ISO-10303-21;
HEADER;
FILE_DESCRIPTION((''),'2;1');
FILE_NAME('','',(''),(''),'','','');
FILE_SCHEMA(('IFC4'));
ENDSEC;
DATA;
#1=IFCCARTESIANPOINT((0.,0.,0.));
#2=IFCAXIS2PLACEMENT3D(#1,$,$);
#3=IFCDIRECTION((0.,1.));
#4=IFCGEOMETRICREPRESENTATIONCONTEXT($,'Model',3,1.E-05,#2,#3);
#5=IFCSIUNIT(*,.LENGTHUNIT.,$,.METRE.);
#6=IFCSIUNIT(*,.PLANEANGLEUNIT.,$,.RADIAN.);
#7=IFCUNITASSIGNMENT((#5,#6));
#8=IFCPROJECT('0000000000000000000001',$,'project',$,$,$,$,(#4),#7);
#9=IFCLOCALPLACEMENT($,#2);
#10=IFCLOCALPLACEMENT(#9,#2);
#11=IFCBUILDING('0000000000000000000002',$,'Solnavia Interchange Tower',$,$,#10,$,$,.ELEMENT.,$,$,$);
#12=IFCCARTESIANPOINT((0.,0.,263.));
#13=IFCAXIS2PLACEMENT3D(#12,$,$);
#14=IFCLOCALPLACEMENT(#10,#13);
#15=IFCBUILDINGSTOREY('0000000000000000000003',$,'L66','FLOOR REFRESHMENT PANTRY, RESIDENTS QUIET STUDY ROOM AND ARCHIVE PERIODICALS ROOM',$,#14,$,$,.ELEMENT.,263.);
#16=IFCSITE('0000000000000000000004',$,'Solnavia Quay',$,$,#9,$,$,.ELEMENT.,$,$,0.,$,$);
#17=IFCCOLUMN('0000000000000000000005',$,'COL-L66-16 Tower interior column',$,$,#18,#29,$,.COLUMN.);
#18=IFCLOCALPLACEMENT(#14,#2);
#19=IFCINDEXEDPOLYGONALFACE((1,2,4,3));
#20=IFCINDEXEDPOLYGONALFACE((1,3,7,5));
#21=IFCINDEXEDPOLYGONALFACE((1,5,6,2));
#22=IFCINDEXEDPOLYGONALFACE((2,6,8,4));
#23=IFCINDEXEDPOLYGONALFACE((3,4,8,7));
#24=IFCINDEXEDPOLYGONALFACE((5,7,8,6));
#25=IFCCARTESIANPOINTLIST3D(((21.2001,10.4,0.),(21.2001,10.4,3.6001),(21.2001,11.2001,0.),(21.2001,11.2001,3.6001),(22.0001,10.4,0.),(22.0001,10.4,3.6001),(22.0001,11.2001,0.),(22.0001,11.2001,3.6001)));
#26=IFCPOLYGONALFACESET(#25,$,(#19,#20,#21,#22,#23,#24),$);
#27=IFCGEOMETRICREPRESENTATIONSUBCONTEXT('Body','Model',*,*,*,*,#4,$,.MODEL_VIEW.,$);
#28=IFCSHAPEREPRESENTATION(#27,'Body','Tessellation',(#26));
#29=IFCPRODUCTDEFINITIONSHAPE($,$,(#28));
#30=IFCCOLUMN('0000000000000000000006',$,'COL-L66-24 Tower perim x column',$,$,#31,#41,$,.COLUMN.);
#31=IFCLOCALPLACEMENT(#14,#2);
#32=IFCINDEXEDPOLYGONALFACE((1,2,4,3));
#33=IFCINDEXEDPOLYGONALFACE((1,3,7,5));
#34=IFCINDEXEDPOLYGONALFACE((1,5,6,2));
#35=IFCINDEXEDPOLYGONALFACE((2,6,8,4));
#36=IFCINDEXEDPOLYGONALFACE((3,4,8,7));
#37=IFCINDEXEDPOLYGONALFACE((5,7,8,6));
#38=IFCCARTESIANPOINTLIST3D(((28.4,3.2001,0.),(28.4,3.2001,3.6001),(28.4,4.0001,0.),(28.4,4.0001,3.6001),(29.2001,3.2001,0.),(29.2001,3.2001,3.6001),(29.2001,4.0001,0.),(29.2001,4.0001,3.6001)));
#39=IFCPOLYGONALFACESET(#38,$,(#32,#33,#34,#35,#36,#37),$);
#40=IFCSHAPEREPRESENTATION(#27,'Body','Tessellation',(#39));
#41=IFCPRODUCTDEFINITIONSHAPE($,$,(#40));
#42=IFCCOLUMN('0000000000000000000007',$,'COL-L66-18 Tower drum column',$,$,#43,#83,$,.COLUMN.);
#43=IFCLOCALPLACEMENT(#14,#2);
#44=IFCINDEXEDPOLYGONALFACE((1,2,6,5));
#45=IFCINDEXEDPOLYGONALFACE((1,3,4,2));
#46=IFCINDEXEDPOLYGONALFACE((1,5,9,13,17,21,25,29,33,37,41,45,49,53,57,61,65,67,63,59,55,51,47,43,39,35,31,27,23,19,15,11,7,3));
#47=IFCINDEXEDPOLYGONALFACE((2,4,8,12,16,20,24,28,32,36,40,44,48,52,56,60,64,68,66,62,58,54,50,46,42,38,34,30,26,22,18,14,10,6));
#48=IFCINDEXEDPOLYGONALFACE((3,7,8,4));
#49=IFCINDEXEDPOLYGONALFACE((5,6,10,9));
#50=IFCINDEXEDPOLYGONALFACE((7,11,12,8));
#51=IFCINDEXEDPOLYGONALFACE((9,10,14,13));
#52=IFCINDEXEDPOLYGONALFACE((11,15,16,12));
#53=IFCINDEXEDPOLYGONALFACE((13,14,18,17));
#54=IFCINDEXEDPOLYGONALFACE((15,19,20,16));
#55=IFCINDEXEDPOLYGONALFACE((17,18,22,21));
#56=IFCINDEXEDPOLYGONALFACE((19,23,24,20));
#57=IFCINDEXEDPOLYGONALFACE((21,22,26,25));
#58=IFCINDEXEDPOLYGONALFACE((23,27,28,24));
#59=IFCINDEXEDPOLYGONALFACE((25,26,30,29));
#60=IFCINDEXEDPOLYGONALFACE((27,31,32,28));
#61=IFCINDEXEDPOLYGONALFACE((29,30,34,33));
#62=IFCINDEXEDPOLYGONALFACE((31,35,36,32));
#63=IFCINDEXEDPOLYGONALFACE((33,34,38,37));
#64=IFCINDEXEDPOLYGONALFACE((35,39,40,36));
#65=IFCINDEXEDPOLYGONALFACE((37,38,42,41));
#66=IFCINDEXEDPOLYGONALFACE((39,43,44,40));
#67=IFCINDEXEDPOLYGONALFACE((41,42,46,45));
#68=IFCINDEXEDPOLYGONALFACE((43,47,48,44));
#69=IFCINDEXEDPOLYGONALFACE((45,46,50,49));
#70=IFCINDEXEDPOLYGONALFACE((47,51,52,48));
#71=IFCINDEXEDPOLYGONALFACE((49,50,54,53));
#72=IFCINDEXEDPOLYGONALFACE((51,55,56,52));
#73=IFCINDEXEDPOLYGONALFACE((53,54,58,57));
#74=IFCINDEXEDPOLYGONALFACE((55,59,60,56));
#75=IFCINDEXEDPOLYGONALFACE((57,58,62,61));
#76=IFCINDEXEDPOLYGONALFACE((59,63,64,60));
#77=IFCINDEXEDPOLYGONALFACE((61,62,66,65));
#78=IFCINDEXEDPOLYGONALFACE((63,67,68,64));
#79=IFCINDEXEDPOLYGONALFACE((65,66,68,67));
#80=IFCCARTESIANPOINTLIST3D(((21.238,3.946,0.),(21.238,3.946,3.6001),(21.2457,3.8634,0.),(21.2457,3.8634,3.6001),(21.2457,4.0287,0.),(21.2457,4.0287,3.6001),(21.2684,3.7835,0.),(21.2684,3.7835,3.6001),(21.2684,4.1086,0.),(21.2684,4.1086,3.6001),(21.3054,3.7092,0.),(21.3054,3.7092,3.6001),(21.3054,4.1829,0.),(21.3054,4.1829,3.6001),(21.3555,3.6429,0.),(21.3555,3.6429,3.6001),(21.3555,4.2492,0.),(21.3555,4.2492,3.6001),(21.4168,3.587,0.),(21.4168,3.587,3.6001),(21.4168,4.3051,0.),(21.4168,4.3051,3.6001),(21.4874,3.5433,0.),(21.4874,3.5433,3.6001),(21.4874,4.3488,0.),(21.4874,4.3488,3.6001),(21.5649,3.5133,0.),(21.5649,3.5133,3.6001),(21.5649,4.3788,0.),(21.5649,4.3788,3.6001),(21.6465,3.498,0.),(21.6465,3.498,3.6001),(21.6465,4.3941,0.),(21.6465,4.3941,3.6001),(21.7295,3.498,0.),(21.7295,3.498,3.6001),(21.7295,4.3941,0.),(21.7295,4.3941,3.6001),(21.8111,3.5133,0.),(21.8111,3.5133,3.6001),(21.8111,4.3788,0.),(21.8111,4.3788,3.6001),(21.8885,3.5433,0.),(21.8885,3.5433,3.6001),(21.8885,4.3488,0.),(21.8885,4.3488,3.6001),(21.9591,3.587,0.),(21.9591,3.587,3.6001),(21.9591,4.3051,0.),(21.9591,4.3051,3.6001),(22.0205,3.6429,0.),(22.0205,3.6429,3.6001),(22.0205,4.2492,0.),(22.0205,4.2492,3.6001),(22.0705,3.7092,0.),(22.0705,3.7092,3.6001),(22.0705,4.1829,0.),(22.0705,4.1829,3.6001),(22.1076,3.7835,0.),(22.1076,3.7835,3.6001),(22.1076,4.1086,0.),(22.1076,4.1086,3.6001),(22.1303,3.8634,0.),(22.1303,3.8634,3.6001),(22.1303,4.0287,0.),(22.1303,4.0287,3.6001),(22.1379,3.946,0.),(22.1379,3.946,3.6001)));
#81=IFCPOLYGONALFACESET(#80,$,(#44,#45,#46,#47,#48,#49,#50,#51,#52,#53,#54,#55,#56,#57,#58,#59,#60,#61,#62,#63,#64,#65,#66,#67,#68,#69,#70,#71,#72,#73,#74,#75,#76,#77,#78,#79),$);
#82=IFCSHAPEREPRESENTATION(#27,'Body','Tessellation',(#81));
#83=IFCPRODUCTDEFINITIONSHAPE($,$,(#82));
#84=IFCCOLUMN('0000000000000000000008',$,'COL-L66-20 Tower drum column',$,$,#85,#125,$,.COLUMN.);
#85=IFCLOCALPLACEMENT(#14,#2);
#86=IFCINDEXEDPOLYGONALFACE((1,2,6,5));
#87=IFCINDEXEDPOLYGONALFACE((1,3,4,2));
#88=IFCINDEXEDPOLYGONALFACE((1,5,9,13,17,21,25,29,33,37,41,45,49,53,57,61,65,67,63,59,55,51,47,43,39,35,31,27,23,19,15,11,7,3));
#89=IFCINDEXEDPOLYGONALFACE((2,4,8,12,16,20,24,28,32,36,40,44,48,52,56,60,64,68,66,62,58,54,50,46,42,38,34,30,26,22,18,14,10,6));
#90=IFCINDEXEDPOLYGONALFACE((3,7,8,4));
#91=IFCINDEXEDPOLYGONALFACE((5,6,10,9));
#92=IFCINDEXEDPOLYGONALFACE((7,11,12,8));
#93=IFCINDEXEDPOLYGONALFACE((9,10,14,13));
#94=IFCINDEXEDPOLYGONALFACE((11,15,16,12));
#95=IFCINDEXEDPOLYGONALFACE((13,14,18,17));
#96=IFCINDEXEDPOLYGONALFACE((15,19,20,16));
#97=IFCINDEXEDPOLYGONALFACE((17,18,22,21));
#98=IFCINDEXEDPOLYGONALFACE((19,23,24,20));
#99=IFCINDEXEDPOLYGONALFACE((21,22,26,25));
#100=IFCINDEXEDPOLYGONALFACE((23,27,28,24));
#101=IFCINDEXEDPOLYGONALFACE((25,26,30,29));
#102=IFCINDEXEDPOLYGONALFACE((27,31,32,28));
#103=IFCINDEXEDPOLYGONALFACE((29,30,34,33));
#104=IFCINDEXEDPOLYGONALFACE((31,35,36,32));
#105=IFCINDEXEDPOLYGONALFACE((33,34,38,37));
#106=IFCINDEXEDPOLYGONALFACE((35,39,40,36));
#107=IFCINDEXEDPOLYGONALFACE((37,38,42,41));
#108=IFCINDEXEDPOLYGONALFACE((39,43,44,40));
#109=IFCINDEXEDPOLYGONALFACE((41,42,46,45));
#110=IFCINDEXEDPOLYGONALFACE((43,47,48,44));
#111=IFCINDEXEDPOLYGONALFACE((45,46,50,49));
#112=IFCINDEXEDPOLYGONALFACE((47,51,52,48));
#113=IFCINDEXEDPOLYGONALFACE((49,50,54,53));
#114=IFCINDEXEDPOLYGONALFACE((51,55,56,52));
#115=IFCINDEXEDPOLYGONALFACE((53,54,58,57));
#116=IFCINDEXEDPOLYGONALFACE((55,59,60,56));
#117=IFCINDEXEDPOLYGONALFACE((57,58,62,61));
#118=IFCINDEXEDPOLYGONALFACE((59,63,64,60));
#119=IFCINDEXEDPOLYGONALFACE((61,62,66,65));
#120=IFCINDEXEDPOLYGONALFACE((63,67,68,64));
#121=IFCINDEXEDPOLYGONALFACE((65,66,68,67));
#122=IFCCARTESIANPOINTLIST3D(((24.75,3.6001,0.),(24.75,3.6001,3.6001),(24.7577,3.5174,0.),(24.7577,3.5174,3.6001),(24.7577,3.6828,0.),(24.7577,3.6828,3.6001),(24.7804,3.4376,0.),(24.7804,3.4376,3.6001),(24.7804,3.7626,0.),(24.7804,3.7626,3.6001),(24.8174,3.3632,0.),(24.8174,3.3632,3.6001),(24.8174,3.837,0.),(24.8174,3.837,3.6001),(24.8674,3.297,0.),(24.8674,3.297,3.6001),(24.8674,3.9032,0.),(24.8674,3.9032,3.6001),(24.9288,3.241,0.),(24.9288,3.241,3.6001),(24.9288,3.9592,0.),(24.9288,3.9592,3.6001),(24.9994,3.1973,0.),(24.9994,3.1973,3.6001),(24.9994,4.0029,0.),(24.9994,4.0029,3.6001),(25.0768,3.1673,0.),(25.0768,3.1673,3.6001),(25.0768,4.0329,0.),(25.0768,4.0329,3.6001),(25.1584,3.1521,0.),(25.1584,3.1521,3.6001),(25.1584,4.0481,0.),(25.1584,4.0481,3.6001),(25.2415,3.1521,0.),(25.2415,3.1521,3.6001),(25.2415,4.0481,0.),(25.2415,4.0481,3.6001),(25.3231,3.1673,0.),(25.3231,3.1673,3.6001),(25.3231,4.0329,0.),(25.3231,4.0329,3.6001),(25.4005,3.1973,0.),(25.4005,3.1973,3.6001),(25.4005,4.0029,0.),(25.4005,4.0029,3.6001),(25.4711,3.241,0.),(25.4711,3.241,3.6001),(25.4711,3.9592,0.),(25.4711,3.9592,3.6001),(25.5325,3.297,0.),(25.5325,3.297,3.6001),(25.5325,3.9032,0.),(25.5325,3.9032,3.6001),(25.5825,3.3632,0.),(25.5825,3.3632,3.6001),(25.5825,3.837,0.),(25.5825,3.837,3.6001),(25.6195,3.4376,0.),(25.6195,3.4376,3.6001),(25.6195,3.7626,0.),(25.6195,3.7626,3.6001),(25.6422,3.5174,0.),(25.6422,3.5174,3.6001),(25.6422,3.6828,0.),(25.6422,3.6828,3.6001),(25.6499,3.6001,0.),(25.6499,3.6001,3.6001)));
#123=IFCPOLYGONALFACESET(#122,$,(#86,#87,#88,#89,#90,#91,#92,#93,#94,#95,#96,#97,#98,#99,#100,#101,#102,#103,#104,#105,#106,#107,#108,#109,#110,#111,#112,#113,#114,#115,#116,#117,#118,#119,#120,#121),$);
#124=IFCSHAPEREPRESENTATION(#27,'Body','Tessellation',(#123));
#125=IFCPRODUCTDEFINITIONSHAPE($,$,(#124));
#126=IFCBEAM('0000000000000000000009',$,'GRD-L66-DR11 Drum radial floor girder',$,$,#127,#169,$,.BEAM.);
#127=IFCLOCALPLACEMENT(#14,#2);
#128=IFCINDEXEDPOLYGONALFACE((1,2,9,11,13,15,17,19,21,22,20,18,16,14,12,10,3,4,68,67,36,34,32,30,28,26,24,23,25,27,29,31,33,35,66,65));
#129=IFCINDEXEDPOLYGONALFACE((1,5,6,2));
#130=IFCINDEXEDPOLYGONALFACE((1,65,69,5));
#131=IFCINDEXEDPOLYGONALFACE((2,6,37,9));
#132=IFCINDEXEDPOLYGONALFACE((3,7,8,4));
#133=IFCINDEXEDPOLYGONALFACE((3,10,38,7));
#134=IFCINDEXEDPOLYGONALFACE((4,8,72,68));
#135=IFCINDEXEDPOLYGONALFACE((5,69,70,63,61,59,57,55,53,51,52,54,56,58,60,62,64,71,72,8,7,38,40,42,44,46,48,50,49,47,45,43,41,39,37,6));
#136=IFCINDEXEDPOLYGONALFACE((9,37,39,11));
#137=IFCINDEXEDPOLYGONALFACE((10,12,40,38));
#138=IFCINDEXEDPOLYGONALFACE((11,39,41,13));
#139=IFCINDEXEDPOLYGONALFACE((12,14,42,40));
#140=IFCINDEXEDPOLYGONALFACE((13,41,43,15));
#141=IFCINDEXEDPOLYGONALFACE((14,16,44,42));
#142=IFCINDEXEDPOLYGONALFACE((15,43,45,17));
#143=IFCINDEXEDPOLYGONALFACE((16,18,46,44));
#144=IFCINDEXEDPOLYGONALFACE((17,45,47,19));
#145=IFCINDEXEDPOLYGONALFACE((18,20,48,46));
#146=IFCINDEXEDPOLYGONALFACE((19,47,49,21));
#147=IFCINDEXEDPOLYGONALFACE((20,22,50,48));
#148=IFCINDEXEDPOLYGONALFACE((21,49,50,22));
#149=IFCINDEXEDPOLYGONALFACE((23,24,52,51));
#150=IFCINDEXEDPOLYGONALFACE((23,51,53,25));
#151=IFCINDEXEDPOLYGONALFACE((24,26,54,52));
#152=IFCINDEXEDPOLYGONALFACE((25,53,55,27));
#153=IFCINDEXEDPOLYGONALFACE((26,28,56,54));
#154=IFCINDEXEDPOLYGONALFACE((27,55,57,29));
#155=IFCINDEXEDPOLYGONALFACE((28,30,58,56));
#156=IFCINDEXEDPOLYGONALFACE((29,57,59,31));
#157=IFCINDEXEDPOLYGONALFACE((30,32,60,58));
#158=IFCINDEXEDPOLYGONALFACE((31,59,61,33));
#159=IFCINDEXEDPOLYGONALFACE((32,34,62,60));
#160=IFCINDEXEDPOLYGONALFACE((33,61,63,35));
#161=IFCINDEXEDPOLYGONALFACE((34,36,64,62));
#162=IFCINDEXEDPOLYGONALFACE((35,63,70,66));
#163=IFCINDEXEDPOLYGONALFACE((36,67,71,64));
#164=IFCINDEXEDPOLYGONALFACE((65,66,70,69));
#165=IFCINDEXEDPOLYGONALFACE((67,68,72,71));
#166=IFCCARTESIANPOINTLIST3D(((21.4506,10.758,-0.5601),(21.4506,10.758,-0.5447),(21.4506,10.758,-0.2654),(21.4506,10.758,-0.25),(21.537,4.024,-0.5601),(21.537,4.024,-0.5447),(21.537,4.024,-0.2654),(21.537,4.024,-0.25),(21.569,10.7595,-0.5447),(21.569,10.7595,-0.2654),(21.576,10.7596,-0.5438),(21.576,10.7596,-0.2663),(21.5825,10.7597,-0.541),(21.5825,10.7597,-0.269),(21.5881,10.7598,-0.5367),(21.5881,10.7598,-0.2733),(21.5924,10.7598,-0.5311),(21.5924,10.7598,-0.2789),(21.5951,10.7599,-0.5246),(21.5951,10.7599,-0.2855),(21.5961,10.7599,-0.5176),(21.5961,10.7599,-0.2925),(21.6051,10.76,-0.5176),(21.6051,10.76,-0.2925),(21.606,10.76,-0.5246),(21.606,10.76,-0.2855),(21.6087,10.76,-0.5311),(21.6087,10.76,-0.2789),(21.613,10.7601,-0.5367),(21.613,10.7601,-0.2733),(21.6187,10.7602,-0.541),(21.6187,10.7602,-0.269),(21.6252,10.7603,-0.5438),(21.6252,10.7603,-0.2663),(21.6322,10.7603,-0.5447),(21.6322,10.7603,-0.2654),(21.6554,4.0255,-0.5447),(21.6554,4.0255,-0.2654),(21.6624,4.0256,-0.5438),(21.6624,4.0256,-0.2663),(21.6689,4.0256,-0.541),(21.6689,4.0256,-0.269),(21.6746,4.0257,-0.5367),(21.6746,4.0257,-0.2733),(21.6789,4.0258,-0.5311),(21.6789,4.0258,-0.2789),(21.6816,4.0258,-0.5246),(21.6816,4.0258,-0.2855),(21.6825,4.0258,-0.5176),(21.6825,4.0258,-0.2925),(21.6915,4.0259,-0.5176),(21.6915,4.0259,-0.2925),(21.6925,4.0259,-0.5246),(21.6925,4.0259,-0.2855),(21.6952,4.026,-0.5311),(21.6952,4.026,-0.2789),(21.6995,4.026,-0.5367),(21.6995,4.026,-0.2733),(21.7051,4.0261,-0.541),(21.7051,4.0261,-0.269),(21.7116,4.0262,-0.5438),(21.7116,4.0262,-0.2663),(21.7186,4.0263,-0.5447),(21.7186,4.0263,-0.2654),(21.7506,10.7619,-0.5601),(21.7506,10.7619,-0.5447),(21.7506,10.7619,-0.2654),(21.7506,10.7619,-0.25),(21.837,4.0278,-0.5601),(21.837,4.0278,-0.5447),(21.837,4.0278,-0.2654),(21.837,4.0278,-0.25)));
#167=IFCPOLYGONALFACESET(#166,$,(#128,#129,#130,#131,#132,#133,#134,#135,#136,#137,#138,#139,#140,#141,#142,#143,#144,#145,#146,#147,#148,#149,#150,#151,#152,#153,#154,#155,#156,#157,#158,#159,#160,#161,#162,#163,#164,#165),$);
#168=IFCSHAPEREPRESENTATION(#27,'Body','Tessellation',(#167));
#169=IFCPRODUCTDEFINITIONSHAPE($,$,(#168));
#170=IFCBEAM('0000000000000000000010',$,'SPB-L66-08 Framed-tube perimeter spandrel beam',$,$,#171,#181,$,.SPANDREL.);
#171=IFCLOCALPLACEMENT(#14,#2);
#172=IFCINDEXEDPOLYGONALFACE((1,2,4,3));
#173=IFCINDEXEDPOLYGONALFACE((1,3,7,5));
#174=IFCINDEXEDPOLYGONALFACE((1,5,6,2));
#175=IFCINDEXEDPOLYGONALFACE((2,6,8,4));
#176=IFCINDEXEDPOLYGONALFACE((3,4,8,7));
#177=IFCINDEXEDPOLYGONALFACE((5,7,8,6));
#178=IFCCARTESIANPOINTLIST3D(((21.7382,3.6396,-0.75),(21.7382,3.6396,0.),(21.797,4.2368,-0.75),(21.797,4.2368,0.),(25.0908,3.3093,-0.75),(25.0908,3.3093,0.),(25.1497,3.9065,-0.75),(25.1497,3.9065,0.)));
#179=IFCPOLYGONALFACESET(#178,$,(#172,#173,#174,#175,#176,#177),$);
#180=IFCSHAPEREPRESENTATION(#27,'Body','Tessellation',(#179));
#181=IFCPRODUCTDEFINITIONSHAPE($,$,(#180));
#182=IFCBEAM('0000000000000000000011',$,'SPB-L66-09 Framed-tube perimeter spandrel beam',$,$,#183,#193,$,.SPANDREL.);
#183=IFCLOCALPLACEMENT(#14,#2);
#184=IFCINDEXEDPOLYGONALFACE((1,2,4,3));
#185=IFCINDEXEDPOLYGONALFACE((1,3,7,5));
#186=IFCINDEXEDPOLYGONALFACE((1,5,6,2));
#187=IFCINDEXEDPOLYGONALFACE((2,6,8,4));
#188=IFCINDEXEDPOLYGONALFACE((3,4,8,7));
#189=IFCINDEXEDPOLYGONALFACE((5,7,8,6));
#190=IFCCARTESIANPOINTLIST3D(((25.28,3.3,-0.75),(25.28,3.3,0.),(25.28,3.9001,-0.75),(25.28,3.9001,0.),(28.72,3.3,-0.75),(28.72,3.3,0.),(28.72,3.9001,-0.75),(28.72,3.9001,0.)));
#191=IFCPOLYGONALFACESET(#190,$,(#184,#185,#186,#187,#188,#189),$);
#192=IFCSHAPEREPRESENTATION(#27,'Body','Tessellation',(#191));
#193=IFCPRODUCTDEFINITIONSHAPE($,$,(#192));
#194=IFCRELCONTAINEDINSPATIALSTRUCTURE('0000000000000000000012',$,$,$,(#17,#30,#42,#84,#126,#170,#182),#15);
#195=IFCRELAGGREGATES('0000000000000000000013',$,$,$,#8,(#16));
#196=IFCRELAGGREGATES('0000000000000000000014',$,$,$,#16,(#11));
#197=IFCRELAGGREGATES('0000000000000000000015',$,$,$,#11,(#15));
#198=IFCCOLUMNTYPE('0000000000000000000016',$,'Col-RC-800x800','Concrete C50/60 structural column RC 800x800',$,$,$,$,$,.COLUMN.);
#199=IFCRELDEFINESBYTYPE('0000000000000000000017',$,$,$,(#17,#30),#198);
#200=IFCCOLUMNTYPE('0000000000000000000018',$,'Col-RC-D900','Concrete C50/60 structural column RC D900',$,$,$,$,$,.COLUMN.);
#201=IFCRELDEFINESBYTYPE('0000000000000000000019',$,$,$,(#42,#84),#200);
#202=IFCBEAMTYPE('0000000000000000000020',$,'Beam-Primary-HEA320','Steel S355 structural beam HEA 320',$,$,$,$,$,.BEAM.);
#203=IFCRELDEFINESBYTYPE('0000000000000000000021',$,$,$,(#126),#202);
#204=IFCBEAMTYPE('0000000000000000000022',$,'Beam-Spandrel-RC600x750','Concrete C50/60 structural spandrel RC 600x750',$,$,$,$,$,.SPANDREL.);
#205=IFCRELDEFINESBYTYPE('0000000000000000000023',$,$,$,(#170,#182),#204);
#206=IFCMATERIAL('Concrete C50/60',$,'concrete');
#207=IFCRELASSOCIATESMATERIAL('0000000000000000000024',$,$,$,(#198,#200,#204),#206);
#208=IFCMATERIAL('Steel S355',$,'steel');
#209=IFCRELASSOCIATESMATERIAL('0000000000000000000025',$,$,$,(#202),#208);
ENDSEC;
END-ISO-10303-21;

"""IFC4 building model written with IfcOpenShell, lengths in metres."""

from ifc_helpers import new_model, si_unit, direction, frame, origin, origin_2d, place, context, subcontext, project, spatial, rectangle, circle, i_section, extrude, material, material_profile, profile_set, type_object, element, save


model = new_model("IFC4")

# Units and contexts
model_context = context("Model", 3, precision=1e-05, world=origin(), true_north=direction((0.0, 1.0)))
body_context = subcontext(model_context, "Body", "Model", "MODEL_VIEW")
ifc_project = project(units=[si_unit("LENGTHUNIT", "METRE"), si_unit("PLANEANGLEUNIT", "RADIAN")], contexts=[model_context])

# Site, building, storey
site_placement = place(None, origin())
site = spatial("IfcSite", under=ifc_project, at=site_placement, Name="Solnavia Quay", CompositionType="ELEMENT", RefElevation=0.0)
building_placement = place(site_placement, origin())
building = spatial("IfcBuilding", under=site, at=building_placement, Name="Solnavia Interchange Tower", CompositionType="ELEMENT")
storey_placement = place(building_placement, frame((0.0, 0.0, 263.0)))
storey = spatial("IfcBuildingStorey", under=building, at=storey_placement, Name="L66", Description="FLOOR REFRESHMENT PANTRY, RESIDENTS QUIET STUDY ROOM AND ARCHIVE PERIODICALS ROOM", CompositionType="ELEMENT", Elevation=263.0)

# Columns
ifc_material_1 = material(Name="Concrete C50/60", Category="concrete")
ifc_material_profile_1 = material_profile(ifc_material_1, rectangle(XDim=0.8, YDim=0.8, at=origin_2d()), Name="RC 800x800")
ifc_profile_set_1 = profile_set([ifc_material_profile_1], Name="Concrete C50/60")
column_type_1 = type_object("IfcColumnType", Name="Col-RC-800x800", Description="Concrete C50/60 structural column RC 800x800", PredefinedType="COLUMN", material=ifc_profile_set_1)
for number, where, z_axis, x_axis, name in (
    (1, (21.6001, 10.8, 0.0), (0.0, 0.0, 1.0), (1.0, 0.0, 0.0), "COL-L66-16 Tower interior column"),
    (2, (28.8, 3.6001, 0.0), (0.0, 0.0, 1.0), (1.0, 0.0, 0.0), "COL-L66-24 Tower perim x column"),
):
    element("IfcColumn", number, at=place(storey_placement, frame(where, z_axis=z_axis, x_axis=x_axis)), inside=storey, type_object=column_type_1, Name=name, PredefinedType="COLUMN", context=body_context, shape_type="SweptSolid", body=[
        extrude(rectangle(XDim=0.8, YDim=0.8, at=origin_2d()), origin(), (0.0, 0.0, 1.0), 3.6001),
    ])
ifc_material_profile_2 = material_profile(ifc_material_1, circle(Radius=0.45, at=origin_2d()), Name="RC D900")
ifc_profile_set_2 = profile_set([ifc_material_profile_2], Name="Concrete C50/60")
column_type_2 = type_object("IfcColumnType", Name="Col-RC-D900", Description="Concrete C50/60 structural column RC D900", PredefinedType="COLUMN", material=ifc_profile_set_2)
for number, where, z_axis, x_axis, name in (
    (3, (21.688, 3.946, 0.0), (0.0, 0.0, 1.0), (1.0, 0.0, 0.0), "COL-L66-18 Tower drum column"),
    (4, (25.2, 3.6001, 0.0), (0.0, 0.0, 1.0), (1.0, 0.0, 0.0), "COL-L66-20 Tower drum column"),
):
    element("IfcColumn", number, at=place(storey_placement, frame(where, z_axis=z_axis, x_axis=x_axis)), inside=storey, type_object=column_type_2, Name=name, PredefinedType="COLUMN", context=body_context, shape_type="SweptSolid", body=[
        extrude(circle(Radius=0.45, at=origin_2d()), origin(), (0.0, 0.0, 1.0), 3.6001),
    ])

# Beams
ifc_material_2 = material(Name="Steel S355", Category="steel")
ifc_material_profile_3 = material_profile(ifc_material_2, i_section(OverallWidth=0.3, OverallDepth=0.3101, WebThickness=0.009, FlangeThickness=0.0154, FilletRadius=0.0271, at=origin_2d()), Name="HEA 320")
ifc_profile_set_3 = profile_set([ifc_material_profile_3], Name="Steel S355")
beam_type_1 = type_object("IfcBeamType", Name="Beam-Primary-HEA320", Description="Steel S355 structural beam HEA 320", PredefinedType="BEAM", material=ifc_profile_set_3)
beam_1_placement = place(storey_placement, frame((21.687, 4.0259, -0.405), z_axis=(-0.012833, 0.999918, 0.0), x_axis=(-0.999918, -0.012833, 0.0)))
element("IfcBeam", 5, at=beam_1_placement, inside=storey, type_object=beam_type_1, Name="GRD-L66-DR11 Drum radial floor girder", PredefinedType="BEAM", context=body_context, shape_type="SweptSolid", body=[
    extrude(i_section(OverallWidth=0.3, OverallDepth=0.3101, WebThickness=0.009, FlangeThickness=0.0154, FilletRadius=0.0271, at=origin_2d()), origin(), (0.0, 0.0, 1.0), 6.7346),
])
ifc_material_profile_4 = material_profile(ifc_material_1, rectangle(XDim=0.6001, YDim=0.75, at=origin_2d()), Name="RC 600x750")
ifc_profile_set_4 = profile_set([ifc_material_profile_4], Name="Concrete C50/60")
beam_type_2 = type_object("IfcBeamType", Name="Beam-Spandrel-RC600x750", Description="Concrete C50/60 structural spandrel RC 600x750", PredefinedType="SPANDREL", material=ifc_profile_set_4)
beam_2_placement = place(storey_placement, frame((21.7676, 3.9382, -0.375), z_axis=(0.995182, -0.098047, 0.0), x_axis=(0.098047, 0.995182, 0.0)))
element("IfcBeam", 6, at=beam_2_placement, inside=storey, type_object=beam_type_2, Name="SPB-L66-08 Framed-tube perimeter spandrel beam", PredefinedType="SPANDREL", context=body_context, shape_type="SweptSolid", body=[
    extrude(rectangle(XDim=0.6001, YDim=0.75, at=origin_2d()), origin(), (0.0, 0.0, 1.0), 3.3689),
])
beam_3_placement = place(storey_placement, frame((25.28, 3.6001, -0.375), z_axis=(1.0, 0.0, 0.0), x_axis=(0.0, 1.0, 0.0)))
element("IfcBeam", 7, at=beam_3_placement, inside=storey, type_object=beam_type_2, Name="SPB-L66-09 Framed-tube perimeter spandrel beam", PredefinedType="SPANDREL", context=body_context, shape_type="SweptSolid", body=[
    extrude(rectangle(XDim=0.6001, YDim=0.75, at=origin_2d()), origin(), (0.0, 0.0, 1.0), 3.4399),
])

save(model, "model.ifc")
